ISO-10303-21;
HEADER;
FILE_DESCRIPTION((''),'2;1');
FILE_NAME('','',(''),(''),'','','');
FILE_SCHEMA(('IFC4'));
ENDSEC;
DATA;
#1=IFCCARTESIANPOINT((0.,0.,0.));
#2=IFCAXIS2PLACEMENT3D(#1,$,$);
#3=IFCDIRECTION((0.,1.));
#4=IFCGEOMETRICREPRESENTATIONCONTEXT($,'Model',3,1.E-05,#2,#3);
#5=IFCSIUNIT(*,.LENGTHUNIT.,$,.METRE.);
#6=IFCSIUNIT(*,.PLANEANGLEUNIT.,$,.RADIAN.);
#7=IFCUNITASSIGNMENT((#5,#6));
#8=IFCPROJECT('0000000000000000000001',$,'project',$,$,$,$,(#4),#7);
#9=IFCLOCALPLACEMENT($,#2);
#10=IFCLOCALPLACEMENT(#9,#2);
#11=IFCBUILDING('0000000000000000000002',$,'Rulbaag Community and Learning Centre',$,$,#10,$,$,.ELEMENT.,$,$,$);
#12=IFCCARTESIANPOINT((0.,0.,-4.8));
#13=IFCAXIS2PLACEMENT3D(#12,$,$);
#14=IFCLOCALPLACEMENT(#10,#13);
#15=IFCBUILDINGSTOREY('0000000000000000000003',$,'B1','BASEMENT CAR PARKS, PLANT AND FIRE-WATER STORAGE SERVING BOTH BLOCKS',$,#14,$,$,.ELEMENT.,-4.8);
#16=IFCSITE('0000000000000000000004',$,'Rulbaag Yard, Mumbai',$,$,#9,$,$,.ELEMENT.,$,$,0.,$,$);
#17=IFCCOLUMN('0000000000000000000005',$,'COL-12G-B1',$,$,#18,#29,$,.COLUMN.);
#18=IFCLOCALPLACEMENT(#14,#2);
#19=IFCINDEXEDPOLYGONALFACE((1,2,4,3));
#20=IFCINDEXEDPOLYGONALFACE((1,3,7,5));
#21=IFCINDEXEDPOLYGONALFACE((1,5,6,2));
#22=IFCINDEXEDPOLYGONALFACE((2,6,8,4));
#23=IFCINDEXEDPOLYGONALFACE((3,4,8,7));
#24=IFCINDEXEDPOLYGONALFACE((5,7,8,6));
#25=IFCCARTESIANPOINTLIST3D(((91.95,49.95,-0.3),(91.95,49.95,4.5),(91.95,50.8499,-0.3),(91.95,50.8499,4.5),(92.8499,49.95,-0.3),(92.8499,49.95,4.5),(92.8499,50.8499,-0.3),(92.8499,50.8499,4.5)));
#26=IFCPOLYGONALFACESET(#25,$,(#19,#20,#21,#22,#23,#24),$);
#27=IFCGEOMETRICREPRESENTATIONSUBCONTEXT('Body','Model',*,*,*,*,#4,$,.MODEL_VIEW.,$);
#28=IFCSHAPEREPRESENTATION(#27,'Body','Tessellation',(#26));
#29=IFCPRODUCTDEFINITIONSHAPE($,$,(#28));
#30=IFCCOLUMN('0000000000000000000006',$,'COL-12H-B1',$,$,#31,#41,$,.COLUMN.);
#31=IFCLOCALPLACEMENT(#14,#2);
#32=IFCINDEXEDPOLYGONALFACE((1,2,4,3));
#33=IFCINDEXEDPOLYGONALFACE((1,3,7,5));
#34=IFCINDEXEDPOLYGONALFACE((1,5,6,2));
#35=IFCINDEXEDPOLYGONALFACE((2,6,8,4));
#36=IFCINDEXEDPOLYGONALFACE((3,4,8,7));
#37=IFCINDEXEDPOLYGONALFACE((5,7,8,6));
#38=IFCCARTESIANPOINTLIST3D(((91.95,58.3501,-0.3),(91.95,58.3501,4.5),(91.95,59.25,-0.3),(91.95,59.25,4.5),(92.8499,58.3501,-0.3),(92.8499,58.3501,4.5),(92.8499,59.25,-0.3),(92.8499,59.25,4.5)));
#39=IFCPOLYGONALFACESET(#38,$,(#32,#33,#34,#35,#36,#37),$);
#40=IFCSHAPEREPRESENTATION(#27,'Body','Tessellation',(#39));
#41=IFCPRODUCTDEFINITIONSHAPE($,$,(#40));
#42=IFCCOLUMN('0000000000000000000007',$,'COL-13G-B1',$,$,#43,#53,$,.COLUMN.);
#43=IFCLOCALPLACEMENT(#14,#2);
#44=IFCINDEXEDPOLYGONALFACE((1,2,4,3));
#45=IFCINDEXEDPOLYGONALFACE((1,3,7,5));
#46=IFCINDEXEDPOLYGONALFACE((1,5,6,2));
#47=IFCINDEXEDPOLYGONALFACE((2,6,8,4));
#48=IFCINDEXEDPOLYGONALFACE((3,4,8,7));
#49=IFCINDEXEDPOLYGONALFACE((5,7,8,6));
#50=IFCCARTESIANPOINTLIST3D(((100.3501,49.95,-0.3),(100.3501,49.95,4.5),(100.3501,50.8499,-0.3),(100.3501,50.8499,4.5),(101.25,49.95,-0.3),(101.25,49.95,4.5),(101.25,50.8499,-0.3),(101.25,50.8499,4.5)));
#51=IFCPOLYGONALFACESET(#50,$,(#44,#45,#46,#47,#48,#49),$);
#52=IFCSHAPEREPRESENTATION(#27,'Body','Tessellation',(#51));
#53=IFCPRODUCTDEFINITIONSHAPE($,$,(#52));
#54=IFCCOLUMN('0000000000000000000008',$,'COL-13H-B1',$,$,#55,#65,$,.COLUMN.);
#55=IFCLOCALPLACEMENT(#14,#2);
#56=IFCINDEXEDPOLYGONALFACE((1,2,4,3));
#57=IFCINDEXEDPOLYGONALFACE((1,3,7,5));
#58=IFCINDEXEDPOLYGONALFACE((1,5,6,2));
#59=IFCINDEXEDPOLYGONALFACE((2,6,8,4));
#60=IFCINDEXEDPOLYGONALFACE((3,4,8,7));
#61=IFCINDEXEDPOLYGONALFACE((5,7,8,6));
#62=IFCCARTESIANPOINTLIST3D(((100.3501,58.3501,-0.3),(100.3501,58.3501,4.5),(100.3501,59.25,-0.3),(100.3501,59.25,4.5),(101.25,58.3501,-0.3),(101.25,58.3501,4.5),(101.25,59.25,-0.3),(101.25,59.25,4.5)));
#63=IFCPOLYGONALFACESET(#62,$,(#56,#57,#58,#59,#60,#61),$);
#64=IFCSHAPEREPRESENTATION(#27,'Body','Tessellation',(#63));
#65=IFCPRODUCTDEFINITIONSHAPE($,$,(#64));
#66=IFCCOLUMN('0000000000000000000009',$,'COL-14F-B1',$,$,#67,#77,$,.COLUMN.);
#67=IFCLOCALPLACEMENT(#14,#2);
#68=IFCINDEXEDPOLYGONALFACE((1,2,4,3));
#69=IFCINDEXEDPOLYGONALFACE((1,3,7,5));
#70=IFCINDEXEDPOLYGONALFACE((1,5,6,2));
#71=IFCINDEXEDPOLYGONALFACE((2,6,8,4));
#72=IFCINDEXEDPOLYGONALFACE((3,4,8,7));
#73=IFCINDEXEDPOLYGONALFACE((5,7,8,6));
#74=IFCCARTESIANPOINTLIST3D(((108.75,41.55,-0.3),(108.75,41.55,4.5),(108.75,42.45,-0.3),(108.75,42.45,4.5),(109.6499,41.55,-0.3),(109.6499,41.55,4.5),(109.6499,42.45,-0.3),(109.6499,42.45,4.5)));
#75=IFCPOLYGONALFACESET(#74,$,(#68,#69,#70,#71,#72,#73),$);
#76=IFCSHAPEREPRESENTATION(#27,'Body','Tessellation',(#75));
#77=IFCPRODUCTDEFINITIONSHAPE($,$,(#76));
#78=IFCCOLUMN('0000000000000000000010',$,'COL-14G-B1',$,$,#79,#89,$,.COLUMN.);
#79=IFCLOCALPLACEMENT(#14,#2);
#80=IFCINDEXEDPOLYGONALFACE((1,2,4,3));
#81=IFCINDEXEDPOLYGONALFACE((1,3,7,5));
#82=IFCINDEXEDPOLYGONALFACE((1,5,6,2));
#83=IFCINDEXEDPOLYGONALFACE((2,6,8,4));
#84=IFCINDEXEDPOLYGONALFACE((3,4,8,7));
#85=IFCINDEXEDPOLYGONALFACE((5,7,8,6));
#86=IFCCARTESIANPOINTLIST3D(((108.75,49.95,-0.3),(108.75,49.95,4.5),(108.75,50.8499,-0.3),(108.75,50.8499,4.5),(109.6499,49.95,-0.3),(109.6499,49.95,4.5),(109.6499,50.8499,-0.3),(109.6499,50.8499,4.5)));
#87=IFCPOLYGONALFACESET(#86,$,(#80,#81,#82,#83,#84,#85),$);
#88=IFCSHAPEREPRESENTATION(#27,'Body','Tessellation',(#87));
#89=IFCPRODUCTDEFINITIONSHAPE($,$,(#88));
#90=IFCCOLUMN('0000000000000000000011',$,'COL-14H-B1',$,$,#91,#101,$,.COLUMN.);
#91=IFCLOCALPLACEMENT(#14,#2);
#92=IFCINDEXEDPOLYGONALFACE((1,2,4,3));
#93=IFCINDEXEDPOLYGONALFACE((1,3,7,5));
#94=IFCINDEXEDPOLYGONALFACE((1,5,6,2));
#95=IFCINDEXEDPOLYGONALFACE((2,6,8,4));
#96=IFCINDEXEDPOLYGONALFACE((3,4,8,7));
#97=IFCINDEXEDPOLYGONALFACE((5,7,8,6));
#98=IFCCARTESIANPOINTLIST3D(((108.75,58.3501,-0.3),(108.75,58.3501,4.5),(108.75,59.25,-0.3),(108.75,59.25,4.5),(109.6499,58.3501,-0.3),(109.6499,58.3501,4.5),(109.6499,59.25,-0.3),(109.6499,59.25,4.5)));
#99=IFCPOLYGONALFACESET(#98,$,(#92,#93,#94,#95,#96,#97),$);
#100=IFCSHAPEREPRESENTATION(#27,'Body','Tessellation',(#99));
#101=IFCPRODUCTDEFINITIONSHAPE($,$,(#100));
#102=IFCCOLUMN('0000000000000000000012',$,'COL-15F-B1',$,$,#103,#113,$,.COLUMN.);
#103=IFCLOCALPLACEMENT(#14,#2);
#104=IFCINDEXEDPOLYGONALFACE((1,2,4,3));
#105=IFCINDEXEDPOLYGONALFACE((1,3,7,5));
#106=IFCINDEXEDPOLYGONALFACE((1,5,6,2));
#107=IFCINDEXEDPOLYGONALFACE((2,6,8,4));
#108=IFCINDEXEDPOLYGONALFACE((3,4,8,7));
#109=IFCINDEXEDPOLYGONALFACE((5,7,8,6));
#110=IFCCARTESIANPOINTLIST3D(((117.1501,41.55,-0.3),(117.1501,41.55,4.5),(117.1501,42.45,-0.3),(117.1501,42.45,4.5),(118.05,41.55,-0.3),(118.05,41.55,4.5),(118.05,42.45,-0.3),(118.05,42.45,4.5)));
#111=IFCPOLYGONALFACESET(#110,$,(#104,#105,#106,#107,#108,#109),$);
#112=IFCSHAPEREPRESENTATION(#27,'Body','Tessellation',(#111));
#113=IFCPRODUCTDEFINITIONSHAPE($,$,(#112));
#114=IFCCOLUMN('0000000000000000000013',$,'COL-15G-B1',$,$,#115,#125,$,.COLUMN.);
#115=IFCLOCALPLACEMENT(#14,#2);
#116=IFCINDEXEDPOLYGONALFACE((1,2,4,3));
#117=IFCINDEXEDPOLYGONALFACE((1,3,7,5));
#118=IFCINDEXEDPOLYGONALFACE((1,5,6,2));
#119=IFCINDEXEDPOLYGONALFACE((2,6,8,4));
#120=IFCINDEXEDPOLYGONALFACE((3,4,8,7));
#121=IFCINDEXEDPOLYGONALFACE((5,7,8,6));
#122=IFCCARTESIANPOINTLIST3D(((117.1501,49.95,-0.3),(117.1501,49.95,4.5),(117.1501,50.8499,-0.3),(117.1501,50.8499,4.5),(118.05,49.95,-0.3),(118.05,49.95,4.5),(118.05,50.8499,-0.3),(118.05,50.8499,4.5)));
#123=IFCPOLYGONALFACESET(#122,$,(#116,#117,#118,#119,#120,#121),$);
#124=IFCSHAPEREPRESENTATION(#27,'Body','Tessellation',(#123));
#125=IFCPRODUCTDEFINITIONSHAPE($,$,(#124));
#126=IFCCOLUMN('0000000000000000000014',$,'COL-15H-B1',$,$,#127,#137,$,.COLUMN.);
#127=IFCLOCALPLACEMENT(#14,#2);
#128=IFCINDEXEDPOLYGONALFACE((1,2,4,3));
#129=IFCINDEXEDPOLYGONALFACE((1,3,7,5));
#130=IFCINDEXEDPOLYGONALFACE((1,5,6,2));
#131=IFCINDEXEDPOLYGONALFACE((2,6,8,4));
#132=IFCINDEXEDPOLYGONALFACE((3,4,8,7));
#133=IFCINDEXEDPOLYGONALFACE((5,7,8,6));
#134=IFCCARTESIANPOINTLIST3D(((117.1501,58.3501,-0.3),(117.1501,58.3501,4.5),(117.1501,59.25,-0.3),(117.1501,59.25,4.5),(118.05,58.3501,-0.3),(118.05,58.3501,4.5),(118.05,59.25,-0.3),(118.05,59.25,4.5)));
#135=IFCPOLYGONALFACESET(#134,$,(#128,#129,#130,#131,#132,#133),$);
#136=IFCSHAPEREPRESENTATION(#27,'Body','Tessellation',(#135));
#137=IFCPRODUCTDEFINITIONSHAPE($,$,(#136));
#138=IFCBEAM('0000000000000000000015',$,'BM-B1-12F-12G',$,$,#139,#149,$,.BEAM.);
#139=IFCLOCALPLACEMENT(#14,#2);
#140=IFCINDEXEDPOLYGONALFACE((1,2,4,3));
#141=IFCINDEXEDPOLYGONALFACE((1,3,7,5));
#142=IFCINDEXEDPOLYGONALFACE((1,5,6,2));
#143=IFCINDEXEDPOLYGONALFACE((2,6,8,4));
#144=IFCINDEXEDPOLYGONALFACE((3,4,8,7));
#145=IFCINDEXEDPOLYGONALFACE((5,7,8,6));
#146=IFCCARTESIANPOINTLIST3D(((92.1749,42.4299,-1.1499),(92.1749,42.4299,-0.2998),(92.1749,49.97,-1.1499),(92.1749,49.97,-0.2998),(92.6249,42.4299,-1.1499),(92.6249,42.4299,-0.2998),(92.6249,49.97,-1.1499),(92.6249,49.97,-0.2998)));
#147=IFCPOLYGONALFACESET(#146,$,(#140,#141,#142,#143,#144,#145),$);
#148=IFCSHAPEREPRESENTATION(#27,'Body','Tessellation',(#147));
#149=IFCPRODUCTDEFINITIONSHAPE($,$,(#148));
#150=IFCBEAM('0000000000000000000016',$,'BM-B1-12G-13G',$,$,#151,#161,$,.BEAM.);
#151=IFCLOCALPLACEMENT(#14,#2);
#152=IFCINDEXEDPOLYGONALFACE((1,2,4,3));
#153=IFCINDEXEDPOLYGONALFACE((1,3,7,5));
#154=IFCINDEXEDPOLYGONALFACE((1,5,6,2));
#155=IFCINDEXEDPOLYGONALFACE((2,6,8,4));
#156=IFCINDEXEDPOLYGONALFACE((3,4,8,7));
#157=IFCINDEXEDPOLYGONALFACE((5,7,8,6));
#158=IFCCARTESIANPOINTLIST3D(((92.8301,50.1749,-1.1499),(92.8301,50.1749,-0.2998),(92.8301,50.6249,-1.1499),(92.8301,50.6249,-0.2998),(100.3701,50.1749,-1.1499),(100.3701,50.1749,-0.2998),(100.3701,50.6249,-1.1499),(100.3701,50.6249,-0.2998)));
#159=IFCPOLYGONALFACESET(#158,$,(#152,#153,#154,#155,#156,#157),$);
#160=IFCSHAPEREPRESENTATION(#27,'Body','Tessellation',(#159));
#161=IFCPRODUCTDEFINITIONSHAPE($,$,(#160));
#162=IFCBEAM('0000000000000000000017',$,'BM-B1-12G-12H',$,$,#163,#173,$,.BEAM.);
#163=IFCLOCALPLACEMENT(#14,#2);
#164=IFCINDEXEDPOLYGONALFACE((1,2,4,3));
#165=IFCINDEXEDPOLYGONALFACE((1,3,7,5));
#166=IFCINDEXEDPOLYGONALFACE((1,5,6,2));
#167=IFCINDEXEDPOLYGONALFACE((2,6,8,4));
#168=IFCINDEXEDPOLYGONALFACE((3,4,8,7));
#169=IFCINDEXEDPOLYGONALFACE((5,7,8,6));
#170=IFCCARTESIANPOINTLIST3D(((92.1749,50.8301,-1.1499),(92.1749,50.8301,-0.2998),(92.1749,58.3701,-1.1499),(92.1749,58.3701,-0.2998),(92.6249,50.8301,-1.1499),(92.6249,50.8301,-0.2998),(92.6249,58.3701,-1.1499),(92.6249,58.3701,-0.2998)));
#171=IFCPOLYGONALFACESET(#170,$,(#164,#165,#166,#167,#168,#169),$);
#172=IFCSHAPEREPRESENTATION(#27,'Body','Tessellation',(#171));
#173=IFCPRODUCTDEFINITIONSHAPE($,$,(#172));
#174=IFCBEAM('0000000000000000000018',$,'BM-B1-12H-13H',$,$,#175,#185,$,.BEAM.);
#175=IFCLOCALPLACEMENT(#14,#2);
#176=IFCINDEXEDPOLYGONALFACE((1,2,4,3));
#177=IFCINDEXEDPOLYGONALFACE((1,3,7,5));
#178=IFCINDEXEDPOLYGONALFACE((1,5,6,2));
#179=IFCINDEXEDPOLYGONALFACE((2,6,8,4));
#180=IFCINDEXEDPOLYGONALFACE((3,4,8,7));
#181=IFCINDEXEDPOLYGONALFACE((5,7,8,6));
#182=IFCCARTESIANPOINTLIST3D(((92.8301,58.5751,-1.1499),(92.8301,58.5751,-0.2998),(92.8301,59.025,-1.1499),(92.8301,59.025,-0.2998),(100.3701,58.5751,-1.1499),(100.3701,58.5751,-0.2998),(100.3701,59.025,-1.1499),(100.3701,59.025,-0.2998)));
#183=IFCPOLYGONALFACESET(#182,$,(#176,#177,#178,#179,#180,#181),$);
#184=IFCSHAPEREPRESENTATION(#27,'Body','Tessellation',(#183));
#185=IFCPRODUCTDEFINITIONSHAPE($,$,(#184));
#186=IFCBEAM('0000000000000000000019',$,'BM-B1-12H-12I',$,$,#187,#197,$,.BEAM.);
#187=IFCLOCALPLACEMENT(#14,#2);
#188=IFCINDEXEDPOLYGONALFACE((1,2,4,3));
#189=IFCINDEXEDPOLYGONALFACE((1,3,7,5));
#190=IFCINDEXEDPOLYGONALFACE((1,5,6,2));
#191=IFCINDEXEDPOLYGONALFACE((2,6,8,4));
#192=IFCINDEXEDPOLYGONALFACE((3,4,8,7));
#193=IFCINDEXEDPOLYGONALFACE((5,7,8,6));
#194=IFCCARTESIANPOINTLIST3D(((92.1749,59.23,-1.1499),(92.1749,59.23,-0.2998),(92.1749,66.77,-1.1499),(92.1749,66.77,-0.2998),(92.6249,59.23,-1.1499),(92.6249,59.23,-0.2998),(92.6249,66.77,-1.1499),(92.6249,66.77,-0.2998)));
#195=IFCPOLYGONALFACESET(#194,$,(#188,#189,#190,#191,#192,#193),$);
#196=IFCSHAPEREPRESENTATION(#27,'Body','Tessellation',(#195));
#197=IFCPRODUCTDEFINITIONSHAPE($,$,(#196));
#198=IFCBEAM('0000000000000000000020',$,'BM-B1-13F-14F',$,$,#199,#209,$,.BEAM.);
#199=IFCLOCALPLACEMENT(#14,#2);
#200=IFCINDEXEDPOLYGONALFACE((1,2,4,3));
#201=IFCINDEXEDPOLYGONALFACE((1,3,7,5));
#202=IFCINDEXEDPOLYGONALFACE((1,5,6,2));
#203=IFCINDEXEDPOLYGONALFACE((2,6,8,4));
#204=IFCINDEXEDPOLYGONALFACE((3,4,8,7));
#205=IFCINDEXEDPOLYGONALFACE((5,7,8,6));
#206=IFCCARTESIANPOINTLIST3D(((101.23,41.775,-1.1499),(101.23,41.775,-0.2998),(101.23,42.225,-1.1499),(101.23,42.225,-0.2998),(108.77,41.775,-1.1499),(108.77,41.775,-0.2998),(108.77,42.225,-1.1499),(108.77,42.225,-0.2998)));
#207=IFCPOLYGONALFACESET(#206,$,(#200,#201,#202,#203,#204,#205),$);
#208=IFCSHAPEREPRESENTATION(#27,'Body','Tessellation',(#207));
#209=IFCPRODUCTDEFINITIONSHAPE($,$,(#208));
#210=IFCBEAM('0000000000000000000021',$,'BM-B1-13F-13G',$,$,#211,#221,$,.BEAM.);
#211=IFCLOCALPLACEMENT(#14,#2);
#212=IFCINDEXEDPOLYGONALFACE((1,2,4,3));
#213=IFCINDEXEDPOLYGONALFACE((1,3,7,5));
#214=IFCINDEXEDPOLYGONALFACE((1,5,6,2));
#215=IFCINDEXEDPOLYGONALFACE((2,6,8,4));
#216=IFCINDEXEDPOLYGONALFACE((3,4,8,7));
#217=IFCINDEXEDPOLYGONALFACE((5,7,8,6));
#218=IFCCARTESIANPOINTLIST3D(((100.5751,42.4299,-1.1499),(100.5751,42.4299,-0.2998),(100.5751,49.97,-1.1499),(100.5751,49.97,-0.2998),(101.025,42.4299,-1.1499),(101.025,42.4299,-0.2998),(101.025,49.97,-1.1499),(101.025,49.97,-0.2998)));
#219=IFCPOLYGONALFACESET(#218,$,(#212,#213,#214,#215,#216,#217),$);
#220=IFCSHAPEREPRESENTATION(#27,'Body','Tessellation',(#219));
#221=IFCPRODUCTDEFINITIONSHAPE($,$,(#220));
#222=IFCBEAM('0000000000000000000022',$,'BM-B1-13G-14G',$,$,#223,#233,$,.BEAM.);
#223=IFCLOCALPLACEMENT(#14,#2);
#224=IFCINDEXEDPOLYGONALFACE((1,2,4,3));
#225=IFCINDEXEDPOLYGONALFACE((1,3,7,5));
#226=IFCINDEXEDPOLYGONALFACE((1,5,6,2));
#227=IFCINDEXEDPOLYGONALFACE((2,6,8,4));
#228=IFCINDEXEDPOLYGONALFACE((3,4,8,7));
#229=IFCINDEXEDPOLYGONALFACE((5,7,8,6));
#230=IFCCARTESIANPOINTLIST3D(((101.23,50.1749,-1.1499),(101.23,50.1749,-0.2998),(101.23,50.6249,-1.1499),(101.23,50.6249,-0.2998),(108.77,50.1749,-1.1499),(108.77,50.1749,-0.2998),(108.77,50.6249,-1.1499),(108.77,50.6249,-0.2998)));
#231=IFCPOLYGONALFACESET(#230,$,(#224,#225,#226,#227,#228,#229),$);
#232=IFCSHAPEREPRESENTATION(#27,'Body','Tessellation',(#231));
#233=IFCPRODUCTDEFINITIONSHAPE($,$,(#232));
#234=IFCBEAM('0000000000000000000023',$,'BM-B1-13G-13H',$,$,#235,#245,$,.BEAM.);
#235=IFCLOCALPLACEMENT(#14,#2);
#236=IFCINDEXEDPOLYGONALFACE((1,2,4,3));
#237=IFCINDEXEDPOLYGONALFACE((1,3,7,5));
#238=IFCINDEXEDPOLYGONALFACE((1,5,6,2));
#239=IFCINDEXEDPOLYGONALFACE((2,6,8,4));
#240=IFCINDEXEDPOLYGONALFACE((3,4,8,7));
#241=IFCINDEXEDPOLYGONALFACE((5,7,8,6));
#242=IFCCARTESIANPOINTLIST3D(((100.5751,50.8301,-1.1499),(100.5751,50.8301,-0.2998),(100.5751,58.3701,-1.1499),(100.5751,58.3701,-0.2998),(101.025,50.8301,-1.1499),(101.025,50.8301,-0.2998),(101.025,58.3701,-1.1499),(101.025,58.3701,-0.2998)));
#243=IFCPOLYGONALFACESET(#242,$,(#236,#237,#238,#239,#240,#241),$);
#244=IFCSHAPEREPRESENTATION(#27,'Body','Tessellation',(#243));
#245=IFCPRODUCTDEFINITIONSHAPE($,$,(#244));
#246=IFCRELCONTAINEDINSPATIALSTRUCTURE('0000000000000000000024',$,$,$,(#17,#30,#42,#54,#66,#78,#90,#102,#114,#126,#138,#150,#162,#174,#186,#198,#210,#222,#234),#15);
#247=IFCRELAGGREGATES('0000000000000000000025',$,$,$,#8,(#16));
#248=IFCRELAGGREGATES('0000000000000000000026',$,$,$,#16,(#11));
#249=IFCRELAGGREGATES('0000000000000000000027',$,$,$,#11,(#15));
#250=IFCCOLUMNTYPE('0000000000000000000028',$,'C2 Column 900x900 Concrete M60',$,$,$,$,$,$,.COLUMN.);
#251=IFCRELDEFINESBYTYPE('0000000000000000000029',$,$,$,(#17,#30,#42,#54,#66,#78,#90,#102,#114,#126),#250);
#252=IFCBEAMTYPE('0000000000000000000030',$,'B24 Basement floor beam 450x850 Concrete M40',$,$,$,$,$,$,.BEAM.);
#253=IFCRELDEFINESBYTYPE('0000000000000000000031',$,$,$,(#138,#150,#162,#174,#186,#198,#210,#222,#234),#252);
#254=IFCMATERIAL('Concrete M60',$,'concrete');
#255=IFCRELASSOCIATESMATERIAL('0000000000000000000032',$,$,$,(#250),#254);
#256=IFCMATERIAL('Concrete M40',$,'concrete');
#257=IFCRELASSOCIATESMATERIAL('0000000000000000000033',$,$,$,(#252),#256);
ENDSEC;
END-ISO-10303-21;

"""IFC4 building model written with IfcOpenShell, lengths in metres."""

from ifc_helpers import new_model, si_unit, direction, frame, origin, origin_2d, place, context, subcontext, project, spatial, rectangle, extrude, material, material_profile, profile_set, type_object, element, save


model = new_model("IFC4")

# Units and contexts
model_context = context("Model", 3, precision=1e-05, world=origin(), true_north=direction((0.0, 1.0)))
body_context = subcontext(model_context, "Body", "Model", "MODEL_VIEW")
ifc_project = project(units=[si_unit("LENGTHUNIT", "METRE"), si_unit("PLANEANGLEUNIT", "RADIAN")], contexts=[model_context])

# Site, building, storey
site_placement = place(None, origin())
site = spatial("IfcSite", under=ifc_project, at=site_placement, Name="Rulbaag Yard, Mumbai", CompositionType="ELEMENT", RefElevation=0.0)
building_placement = place(site_placement, origin())
building = spatial("IfcBuilding", under=site, at=building_placement, Name="Rulbaag Community and Learning Centre", CompositionType="ELEMENT")
storey_placement = place(building_placement, frame((0.0, 0.0, -4.8)))
storey = spatial("IfcBuildingStorey", under=building, at=storey_placement, Name="B1", Description="BASEMENT CAR PARKS, PLANT AND FIRE-WATER STORAGE SERVING BOTH BLOCKS", CompositionType="ELEMENT", Elevation=-4.8)

# Columns
ifc_material_1 = material(Name="Concrete M60", Category="concrete")
ifc_material_profile_1 = material_profile(ifc_material_1, rectangle(XDim=0.8999, YDim=0.8999, at=origin_2d()), Name="RC900x900")
ifc_profile_set_1 = profile_set([ifc_material_profile_1], Name="Concrete M60")
column_type = type_object("IfcColumnType", Name="C2 Column 900x900 Concrete M60", PredefinedType="COLUMN", material=ifc_profile_set_1)
for number, where, z_axis, x_axis, name in (
    (1, (92.3999, 50.3999, -0.3), (0.0, 0.0, 1.0), (1.0, 0.0, 0.0), "COL-12G-B1"),
    (2, (92.3999, 58.8, -0.3), (0.0, 0.0, 1.0), (1.0, 0.0, 0.0), "COL-12H-B1"),
    (3, (100.8, 50.3999, -0.3), (0.0, 0.0, 1.0), (1.0, 0.0, 0.0), "COL-13G-B1"),
    (4, (100.8, 58.8, -0.3), (0.0, 0.0, 1.0), (1.0, 0.0, 0.0), "COL-13H-B1"),
    (5, (109.2, 42.0, -0.3), (0.0, 0.0, 1.0), (1.0, 0.0, 0.0), "COL-14F-B1"),
    (6, (109.2, 50.3999, -0.3), (0.0, 0.0, 1.0), (1.0, 0.0, 0.0), "COL-14G-B1"),
    (7, (109.2, 58.8, -0.3), (0.0, 0.0, 1.0), (1.0, 0.0, 0.0), "COL-14H-B1"),
    (8, (117.6001, 42.0, -0.3), (0.0, 0.0, 1.0), (1.0, 0.0, 0.0), "COL-15F-B1"),
    (9, (117.6001, 50.3999, -0.3), (0.0, 0.0, 1.0), (1.0, 0.0, 0.0), "COL-15G-B1"),
    (10, (117.6001, 58.8, -0.3), (0.0, 0.0, 1.0), (1.0, 0.0, 0.0), "COL-15H-B1"),
):
    element("IfcColumn", number, at=place(storey_placement, frame(where, z_axis=z_axis, x_axis=x_axis)), inside=storey, type_object=column_type, Name=name, PredefinedType="COLUMN", context=body_context, shape_type="SweptSolid", body=[
        extrude(rectangle(XDim=0.8999, YDim=0.8999, at=origin_2d()), origin(), (0.0, 0.0, 1.0), 4.8),
    ])

# Beams
ifc_material_2 = material(Name="Concrete M40", Category="concrete")
ifc_material_profile_2 = material_profile(ifc_material_2, rectangle(XDim=0.45, YDim=0.8501, at=origin_2d()), Name="RB450x850")
ifc_profile_set_2 = profile_set([ifc_material_profile_2], Name="Concrete M40")
beam_type = type_object("IfcBeamType", Name="B24 Basement floor beam 450x850 Concrete M40", PredefinedType="BEAM", material=ifc_profile_set_2)
for number, where, z_axis, x_axis, name in (
    (11, (92.3999, 42.4299, -0.7249), (0.0, 1.0, 0.0), (-1.0, 0.0, 0.0), "BM-B1-12F-12G"),
    (12, (92.8301, 50.3999, -0.7249), (1.0, 0.0, 0.0), (0.0, 1.0, 0.0), "BM-B1-12G-13G"),
    (13, (92.3999, 50.8301, -0.7249), (0.0, 1.0, 0.0), (-1.0, 0.0, 0.0), "BM-B1-12G-12H"),
    (14, (92.8301, 58.8, -0.7249), (1.0, 0.0, 0.0), (0.0, 1.0, 0.0), "BM-B1-12H-13H"),
    (15, (92.3999, 59.23, -0.7249), (0.0, 1.0, 0.0), (-1.0, 0.0, 0.0), "BM-B1-12H-12I"),
    (16, (101.23, 42.0, -0.7249), (1.0, 0.0, 0.0), (0.0, 1.0, 0.0), "BM-B1-13F-14F"),
    (17, (100.8, 42.4299, -0.7249), (0.0, 1.0, 0.0), (-1.0, 0.0, 0.0), "BM-B1-13F-13G"),
    (18, (101.23, 50.3999, -0.7249), (1.0, 0.0, 0.0), (0.0, 1.0, 0.0), "BM-B1-13G-14G"),
    (19, (100.8, 50.8301, -0.7249), (0.0, 1.0, 0.0), (-1.0, 0.0, 0.0), "BM-B1-13G-13H"),
):
    element("IfcBeam", number, at=place(storey_placement, frame(where, z_axis=z_axis, x_axis=x_axis)), inside=storey, type_object=beam_type, Name=name, PredefinedType="BEAM", context=body_context, shape_type="SweptSolid", body=[
        extrude(rectangle(XDim=0.45, YDim=0.8501, at=origin_2d()), origin(), (0.0, 0.0, 1.0), 7.54),
    ])

save(model, "model.ifc")
